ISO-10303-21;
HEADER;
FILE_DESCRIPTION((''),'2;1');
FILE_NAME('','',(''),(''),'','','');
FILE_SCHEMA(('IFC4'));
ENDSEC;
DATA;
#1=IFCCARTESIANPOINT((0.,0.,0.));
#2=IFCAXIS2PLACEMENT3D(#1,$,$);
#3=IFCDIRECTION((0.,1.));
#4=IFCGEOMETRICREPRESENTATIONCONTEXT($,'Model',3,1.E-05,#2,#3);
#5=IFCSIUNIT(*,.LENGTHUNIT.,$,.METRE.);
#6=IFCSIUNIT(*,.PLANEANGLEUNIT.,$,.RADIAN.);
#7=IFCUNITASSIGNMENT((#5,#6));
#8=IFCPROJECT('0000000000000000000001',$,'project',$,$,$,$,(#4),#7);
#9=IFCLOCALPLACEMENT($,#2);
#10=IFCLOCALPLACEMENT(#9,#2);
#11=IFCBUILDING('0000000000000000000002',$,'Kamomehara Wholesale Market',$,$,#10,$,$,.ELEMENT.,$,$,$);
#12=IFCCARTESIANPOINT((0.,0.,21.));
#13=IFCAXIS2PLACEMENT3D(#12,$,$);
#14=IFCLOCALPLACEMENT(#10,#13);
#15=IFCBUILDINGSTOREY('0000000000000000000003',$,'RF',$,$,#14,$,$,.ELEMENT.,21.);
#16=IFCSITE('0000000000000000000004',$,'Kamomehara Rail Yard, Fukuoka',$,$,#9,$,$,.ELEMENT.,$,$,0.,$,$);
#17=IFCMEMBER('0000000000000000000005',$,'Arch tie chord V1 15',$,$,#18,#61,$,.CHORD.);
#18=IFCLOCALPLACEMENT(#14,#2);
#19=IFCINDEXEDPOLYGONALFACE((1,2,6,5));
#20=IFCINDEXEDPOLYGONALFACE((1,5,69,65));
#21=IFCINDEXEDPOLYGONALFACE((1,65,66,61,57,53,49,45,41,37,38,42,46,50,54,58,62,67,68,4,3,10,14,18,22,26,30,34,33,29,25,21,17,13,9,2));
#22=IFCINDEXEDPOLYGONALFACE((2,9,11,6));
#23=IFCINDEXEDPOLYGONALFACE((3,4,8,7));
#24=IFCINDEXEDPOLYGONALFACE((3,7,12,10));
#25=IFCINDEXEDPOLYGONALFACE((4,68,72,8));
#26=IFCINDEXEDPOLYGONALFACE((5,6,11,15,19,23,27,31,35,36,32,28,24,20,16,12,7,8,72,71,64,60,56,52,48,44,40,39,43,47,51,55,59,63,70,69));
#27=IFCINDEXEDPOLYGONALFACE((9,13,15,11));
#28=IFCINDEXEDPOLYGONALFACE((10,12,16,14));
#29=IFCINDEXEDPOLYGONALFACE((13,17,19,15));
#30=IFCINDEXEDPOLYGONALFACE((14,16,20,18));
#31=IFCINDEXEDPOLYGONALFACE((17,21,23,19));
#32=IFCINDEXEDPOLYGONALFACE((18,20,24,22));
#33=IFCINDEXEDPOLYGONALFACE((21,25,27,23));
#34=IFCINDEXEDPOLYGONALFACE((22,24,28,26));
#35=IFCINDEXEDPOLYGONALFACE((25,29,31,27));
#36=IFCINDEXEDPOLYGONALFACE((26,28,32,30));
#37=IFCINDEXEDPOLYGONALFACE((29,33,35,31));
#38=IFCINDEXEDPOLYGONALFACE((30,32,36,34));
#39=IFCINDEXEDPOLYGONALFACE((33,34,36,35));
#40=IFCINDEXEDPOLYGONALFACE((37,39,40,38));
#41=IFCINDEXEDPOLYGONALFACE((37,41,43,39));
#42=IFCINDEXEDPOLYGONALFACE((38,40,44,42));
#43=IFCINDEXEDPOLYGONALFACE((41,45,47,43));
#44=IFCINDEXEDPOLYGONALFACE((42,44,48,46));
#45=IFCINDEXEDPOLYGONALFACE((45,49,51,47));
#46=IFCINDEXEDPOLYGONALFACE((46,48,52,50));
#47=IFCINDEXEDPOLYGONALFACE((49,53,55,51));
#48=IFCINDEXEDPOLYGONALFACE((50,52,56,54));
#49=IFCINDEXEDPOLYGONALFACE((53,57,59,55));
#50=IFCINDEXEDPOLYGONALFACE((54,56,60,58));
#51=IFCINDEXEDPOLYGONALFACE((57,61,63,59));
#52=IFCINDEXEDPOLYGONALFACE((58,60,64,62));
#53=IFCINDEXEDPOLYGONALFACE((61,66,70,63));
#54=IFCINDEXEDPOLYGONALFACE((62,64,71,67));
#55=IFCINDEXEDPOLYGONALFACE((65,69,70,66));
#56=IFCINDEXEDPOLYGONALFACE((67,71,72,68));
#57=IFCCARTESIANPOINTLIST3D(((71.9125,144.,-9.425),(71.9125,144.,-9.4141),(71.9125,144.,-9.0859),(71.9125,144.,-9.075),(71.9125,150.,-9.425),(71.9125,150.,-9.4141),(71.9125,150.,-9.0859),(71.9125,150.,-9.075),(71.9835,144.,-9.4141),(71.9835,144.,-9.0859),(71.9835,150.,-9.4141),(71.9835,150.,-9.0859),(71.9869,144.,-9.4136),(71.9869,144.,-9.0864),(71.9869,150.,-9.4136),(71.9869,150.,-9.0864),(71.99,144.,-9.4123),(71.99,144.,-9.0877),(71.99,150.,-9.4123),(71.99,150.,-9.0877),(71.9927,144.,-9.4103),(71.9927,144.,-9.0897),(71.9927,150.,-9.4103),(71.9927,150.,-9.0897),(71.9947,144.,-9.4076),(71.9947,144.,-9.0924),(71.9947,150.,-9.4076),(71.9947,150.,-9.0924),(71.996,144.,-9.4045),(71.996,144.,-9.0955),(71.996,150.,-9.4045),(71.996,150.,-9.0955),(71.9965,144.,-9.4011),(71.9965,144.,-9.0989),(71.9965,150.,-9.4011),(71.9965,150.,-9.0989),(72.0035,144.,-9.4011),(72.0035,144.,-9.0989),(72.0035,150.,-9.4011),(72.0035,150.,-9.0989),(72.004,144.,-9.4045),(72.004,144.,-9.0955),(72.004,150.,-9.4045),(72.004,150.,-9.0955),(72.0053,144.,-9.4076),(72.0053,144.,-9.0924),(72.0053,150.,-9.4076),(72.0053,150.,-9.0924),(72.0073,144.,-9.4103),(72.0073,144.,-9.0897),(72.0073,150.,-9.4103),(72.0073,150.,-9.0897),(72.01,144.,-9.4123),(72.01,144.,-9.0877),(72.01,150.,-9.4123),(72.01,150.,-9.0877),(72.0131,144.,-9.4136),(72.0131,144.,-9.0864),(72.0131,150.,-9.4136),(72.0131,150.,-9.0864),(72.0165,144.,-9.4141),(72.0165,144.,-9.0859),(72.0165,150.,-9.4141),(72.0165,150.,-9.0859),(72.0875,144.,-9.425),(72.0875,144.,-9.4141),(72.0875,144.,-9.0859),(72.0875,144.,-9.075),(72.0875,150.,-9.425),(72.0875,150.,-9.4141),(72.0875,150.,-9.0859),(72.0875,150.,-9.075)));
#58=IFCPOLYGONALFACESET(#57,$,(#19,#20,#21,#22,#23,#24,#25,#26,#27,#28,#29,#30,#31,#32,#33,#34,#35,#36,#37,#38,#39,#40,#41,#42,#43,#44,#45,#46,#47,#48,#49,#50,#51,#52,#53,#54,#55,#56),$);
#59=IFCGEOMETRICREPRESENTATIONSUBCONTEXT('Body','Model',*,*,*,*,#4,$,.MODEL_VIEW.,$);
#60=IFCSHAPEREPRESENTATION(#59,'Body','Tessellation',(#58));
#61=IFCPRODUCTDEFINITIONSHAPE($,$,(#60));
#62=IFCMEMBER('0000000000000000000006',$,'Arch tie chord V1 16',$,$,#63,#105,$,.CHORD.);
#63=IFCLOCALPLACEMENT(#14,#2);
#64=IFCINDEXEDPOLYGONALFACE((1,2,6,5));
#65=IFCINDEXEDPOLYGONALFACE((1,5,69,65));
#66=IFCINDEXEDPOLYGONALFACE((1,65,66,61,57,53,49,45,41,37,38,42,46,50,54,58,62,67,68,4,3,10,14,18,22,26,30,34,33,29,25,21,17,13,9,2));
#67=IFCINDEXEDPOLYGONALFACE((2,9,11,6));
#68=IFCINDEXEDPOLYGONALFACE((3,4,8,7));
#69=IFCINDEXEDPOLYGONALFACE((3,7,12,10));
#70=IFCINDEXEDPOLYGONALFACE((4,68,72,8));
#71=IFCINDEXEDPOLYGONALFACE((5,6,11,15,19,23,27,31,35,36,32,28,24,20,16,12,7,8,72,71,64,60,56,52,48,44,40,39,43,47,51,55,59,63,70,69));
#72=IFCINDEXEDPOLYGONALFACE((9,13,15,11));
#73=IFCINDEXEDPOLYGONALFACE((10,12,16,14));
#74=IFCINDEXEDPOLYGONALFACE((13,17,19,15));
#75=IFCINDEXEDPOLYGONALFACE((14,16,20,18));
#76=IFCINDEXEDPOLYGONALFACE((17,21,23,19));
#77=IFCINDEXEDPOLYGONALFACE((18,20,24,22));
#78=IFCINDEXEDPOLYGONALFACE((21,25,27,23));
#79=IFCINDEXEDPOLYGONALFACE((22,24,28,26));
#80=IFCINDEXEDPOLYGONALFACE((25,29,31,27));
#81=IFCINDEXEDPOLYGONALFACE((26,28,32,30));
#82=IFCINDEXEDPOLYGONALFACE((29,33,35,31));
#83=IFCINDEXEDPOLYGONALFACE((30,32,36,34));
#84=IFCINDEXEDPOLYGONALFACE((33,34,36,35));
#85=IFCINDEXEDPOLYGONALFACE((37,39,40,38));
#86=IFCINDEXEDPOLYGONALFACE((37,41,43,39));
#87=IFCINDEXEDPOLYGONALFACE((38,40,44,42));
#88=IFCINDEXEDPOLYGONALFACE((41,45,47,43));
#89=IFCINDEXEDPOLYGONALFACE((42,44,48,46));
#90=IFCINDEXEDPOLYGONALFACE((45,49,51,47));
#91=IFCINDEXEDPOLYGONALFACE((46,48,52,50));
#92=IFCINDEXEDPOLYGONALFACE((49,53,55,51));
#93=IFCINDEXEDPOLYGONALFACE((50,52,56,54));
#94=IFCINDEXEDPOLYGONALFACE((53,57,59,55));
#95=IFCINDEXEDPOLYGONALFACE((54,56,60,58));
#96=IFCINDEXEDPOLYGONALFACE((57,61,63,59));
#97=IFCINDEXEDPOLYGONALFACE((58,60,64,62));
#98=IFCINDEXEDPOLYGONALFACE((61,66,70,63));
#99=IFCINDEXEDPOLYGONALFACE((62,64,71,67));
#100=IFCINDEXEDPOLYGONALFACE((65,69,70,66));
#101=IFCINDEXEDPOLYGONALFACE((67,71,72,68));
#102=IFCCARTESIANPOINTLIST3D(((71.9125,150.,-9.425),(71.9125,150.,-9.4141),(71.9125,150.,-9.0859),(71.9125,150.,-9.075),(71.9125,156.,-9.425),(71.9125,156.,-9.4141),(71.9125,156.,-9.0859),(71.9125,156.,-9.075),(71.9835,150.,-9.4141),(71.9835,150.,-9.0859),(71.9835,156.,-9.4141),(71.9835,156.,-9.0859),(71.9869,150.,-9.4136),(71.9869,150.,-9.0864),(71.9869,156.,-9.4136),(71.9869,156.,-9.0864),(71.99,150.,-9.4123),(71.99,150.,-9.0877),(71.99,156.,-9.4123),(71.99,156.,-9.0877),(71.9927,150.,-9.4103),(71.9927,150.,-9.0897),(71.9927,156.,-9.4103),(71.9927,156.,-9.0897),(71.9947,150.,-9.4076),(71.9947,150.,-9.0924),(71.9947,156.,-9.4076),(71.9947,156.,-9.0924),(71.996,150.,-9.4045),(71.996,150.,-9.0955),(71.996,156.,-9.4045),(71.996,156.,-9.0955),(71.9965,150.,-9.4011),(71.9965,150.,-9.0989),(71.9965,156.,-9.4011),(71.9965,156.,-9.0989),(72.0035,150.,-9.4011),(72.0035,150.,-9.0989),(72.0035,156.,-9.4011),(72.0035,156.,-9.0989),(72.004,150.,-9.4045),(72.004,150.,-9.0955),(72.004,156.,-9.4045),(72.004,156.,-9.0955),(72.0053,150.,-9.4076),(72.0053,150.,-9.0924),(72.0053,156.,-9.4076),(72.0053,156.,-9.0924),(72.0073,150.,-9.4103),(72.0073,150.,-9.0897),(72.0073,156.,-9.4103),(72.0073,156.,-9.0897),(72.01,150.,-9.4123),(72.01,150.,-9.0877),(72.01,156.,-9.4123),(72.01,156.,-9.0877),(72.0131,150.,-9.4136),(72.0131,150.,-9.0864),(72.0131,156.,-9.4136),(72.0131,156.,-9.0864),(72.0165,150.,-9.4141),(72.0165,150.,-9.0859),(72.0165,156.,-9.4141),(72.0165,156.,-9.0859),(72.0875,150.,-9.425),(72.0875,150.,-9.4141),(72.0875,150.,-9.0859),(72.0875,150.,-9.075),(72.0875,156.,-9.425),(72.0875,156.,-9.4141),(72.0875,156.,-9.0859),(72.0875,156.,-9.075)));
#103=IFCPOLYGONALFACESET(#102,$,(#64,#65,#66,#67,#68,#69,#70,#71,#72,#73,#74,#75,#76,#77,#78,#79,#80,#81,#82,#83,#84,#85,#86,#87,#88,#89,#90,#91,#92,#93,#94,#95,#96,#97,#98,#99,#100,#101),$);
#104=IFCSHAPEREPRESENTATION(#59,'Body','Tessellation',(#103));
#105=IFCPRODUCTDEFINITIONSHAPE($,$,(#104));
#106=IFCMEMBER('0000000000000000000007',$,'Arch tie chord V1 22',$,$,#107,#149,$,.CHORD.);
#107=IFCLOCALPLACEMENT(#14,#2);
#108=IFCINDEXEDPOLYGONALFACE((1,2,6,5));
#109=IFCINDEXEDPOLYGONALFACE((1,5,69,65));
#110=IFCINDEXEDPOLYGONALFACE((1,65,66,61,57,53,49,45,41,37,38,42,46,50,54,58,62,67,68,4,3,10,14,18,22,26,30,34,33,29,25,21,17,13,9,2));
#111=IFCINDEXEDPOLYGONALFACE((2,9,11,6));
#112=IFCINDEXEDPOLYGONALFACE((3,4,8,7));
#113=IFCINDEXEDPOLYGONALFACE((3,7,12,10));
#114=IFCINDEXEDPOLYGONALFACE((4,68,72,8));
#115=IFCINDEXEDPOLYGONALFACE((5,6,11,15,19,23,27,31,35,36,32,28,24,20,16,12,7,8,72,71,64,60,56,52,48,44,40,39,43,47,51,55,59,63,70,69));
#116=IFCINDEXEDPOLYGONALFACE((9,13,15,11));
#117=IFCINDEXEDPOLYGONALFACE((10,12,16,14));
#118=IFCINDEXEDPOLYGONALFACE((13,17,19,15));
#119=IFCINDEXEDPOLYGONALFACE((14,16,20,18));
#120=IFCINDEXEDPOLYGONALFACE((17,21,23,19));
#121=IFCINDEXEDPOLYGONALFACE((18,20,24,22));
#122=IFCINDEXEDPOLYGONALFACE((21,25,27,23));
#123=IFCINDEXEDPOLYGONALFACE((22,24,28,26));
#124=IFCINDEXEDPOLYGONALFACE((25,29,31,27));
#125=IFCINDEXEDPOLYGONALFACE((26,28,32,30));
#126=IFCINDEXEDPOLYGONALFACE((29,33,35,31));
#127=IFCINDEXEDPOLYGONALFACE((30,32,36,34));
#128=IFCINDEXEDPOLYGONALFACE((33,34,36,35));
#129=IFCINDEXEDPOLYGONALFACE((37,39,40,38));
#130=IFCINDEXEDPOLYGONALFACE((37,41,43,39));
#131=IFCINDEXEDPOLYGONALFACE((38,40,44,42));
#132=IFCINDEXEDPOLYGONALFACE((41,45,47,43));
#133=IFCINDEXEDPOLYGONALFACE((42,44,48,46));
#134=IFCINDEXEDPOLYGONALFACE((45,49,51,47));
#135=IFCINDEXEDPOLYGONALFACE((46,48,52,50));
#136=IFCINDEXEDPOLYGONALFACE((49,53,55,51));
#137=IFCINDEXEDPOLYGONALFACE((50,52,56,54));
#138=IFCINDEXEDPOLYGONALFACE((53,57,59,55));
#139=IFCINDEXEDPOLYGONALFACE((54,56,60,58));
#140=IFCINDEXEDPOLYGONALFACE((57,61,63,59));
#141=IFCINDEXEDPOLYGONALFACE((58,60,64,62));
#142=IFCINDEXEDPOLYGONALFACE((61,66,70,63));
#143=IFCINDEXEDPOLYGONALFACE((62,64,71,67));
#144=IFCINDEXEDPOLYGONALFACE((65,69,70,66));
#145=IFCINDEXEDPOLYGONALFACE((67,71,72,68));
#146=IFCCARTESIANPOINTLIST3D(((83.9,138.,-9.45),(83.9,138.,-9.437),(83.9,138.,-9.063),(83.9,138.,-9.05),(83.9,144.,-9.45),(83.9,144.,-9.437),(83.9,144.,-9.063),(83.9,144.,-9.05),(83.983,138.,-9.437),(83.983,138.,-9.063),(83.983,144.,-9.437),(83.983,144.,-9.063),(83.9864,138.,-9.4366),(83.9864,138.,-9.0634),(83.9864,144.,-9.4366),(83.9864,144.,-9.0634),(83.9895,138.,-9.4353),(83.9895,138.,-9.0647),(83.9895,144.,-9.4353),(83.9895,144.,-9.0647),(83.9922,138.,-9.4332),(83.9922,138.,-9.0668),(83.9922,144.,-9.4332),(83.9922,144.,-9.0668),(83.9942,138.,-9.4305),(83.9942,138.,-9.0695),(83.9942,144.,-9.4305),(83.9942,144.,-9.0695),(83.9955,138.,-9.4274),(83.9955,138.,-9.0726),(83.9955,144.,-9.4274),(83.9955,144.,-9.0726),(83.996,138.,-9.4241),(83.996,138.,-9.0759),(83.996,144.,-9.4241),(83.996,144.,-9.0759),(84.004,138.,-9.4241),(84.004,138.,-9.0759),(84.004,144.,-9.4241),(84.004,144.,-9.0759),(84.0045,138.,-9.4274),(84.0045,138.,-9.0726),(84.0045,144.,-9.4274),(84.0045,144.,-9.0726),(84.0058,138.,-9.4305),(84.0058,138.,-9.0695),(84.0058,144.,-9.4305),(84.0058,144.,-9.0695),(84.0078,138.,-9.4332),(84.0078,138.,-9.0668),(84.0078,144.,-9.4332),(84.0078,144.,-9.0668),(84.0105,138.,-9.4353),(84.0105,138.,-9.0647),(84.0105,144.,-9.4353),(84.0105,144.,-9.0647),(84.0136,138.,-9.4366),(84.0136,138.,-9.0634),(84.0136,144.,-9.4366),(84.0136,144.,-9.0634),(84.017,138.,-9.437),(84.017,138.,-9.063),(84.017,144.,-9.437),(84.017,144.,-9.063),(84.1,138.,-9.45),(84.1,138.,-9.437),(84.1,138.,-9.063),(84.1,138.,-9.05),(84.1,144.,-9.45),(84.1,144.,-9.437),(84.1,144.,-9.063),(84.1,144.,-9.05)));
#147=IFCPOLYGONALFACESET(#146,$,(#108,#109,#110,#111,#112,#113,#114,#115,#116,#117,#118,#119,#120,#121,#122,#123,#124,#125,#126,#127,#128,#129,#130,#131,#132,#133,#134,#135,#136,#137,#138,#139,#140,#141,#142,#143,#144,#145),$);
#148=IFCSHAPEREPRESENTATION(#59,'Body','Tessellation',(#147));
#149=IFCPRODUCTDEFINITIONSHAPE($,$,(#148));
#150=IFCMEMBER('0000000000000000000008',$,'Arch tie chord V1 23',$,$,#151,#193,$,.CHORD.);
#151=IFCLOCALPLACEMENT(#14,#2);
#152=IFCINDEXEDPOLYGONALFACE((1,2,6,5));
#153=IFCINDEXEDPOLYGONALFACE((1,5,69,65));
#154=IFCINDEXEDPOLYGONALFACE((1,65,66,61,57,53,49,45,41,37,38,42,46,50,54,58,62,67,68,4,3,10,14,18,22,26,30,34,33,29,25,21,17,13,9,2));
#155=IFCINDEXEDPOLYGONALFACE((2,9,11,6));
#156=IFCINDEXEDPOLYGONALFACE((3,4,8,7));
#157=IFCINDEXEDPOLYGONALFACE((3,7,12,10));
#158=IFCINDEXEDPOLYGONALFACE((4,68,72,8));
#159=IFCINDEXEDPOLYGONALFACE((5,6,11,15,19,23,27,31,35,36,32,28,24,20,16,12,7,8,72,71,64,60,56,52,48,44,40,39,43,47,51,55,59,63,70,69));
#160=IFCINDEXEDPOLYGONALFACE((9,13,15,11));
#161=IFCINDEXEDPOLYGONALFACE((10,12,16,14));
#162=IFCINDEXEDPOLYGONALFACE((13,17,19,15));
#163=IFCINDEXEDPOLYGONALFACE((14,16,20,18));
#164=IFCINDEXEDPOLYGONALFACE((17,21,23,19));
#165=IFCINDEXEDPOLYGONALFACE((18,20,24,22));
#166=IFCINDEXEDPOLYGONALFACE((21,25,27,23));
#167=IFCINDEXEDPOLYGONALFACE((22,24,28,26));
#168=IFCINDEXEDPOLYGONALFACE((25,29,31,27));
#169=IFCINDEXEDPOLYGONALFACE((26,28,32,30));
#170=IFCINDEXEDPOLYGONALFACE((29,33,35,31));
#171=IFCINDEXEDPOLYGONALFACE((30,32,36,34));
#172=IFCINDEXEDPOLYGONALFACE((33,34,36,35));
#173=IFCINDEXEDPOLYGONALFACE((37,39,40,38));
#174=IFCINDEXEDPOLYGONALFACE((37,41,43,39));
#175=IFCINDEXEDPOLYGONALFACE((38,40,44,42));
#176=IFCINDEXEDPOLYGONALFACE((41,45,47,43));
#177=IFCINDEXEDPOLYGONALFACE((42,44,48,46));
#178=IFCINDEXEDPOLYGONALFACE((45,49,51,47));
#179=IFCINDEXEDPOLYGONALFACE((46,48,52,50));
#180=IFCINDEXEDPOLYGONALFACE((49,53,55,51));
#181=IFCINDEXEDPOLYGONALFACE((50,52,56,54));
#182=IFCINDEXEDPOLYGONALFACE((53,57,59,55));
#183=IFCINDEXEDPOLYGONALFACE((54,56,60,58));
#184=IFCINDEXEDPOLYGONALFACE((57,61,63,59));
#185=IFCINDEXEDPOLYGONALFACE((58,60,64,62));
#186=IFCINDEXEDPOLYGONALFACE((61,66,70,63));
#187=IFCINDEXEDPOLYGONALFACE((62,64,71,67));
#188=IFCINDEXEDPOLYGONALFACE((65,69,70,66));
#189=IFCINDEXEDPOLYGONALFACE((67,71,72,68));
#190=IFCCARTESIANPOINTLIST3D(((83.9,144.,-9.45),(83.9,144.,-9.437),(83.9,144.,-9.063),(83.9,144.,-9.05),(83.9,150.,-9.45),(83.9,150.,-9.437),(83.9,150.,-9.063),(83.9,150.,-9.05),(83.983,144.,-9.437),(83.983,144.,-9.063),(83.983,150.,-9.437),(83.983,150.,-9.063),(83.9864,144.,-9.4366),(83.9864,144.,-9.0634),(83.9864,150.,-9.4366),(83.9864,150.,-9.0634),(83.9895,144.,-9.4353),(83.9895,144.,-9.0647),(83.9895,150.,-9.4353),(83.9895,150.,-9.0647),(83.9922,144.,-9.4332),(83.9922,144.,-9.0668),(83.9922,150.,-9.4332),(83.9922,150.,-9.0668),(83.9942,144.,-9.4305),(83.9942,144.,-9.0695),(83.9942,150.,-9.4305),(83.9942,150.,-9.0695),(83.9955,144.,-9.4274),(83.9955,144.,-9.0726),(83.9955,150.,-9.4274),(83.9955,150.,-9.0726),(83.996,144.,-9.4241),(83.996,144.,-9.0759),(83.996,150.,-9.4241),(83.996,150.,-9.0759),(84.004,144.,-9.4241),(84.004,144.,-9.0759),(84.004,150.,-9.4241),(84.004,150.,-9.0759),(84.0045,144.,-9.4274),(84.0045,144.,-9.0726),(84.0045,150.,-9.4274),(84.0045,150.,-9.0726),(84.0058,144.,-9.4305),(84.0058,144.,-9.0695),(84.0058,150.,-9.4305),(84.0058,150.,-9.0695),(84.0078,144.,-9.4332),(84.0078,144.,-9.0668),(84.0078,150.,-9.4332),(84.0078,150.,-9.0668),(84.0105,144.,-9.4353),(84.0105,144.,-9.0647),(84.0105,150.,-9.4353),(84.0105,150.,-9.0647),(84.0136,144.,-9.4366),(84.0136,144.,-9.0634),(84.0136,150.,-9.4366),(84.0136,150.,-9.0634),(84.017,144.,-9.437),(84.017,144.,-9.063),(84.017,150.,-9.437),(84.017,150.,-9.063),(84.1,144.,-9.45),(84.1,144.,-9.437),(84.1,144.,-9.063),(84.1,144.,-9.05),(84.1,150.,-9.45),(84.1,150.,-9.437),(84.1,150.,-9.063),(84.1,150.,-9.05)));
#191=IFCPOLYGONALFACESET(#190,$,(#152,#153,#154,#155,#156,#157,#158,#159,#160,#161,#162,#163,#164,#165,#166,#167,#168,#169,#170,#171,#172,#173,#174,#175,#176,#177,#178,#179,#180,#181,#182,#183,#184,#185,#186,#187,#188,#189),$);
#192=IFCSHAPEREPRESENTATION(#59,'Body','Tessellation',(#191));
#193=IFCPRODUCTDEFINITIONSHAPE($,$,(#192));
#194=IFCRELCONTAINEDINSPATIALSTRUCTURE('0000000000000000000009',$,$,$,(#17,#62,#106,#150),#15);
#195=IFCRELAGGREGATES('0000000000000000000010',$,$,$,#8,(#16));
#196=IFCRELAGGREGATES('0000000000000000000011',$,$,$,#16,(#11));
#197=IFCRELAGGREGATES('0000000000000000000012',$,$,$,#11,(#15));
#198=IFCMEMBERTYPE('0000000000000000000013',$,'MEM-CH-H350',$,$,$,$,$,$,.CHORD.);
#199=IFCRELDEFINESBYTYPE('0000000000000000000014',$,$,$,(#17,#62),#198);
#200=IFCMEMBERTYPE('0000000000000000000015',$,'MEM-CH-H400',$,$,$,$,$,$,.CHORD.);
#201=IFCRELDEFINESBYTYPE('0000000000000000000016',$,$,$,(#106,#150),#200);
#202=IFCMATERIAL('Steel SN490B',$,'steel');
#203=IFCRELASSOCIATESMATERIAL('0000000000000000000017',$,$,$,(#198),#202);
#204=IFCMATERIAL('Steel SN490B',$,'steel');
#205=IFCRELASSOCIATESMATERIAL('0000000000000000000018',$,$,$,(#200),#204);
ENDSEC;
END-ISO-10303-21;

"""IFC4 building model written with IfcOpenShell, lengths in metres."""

from ifc_helpers import new_model, si_unit, direction, frame, origin, origin_2d, place, context, subcontext, project, spatial, i_section, extrude, material, material_profile, profile_set, type_object, element, save


model = new_model("IFC4")

# Units and contexts
model_context = context("Model", 3, precision=1e-05, world=origin(), true_north=direction((0.0, 1.0)))
body_context = subcontext(model_context, "Body", "Model", "MODEL_VIEW")
ifc_project = project(units=[si_unit("LENGTHUNIT", "METRE"), si_unit("PLANEANGLEUNIT", "RADIAN")], contexts=[model_context])

# Site, building, storey
site_placement = place(None, origin())
site = spatial("IfcSite", under=ifc_project, at=site_placement, Name="Kamomehara Rail Yard, Fukuoka", CompositionType="ELEMENT", RefElevation=0.0)
building_placement = place(site_placement, origin())
building = spatial("IfcBuilding", under=site, at=building_placement, Name="Kamomehara Wholesale Market", CompositionType="ELEMENT")
storey_placement = place(building_placement, frame((0.0, 0.0, 21.0)))
storey = spatial("IfcBuildingStorey", under=building, at=storey_placement, Name="RF", CompositionType="ELEMENT", Elevation=21.0)

# Members
ifc_material_1 = material(Name="Steel SN490B", Category="steel")
ifc_material_profile_1 = material_profile(ifc_material_1, i_section(OverallWidth=0.175, OverallDepth=0.3501, WebThickness=0.0071, FlangeThickness=0.011, FilletRadius=0.0129, at=origin_2d()), Name="H-350x175x7x11")
ifc_profile_set_1 = profile_set([ifc_material_profile_1], Name="Steel SN490B")
member_type_1 = type_object("IfcMemberType", Name="MEM-CH-H350", PredefinedType="CHORD", material=ifc_profile_set_1)
for number, where, z_axis, x_axis, name in (
    (1, (72.0, 144.0, -9.25), (0.0, 1.0, 0.0), (-1.0, 0.0, 0.0), "Arch tie chord V1 15"),
    (2, (72.0, 150.0, -9.25), (0.0, 1.0, 0.0), (-1.0, 0.0, 0.0), "Arch tie chord V1 16"),
):
    element("IfcMember", number, at=place(storey_placement, frame(where, z_axis=z_axis, x_axis=x_axis)), inside=storey, type_object=member_type_1, Name=name, PredefinedType="CHORD", context=body_context, shape_type="SweptSolid", body=[
        extrude(i_section(OverallWidth=0.175, OverallDepth=0.3501, WebThickness=0.0071, FlangeThickness=0.011, FilletRadius=0.0129, at=origin_2d()), origin(), (0.0, 0.0, 1.0), 6.0),
    ])
ifc_material_2 = material(Name="Steel SN490B", Category="steel")
ifc_material_profile_2 = material_profile(ifc_material_2, i_section(OverallWidth=0.2, OverallDepth=0.3999, WebThickness=0.0081, FlangeThickness=0.0129, FilletRadius=0.0129, at=origin_2d()), Name="H-400x200x8x13")
ifc_profile_set_2 = profile_set([ifc_material_profile_2], Name="Steel SN490B")
member_type_2 = type_object("IfcMemberType", Name="MEM-CH-H400", PredefinedType="CHORD", material=ifc_profile_set_2)
for number, where, z_axis, x_axis, name in (
    (3, (84.0, 138.0, -9.25), (0.0, 1.0, 0.0), (-1.0, 0.0, 0.0), "Arch tie chord V1 22"),
    (4, (84.0, 144.0, -9.25), (0.0, 1.0, 0.0), (-1.0, 0.0, 0.0), "Arch tie chord V1 23"),
):
    element("IfcMember", number, at=place(storey_placement, frame(where, z_axis=z_axis, x_axis=x_axis)), inside=storey, type_object=member_type_2, Name=name, PredefinedType="CHORD", context=body_context, shape_type="SweptSolid", body=[
        extrude(i_section(OverallWidth=0.2, OverallDepth=0.3999, WebThickness=0.0081, FlangeThickness=0.0129, FilletRadius=0.0129, at=origin_2d()), origin(), (0.0, 0.0, 1.0), 6.0),
    ])

save(model, "model.ifc")
